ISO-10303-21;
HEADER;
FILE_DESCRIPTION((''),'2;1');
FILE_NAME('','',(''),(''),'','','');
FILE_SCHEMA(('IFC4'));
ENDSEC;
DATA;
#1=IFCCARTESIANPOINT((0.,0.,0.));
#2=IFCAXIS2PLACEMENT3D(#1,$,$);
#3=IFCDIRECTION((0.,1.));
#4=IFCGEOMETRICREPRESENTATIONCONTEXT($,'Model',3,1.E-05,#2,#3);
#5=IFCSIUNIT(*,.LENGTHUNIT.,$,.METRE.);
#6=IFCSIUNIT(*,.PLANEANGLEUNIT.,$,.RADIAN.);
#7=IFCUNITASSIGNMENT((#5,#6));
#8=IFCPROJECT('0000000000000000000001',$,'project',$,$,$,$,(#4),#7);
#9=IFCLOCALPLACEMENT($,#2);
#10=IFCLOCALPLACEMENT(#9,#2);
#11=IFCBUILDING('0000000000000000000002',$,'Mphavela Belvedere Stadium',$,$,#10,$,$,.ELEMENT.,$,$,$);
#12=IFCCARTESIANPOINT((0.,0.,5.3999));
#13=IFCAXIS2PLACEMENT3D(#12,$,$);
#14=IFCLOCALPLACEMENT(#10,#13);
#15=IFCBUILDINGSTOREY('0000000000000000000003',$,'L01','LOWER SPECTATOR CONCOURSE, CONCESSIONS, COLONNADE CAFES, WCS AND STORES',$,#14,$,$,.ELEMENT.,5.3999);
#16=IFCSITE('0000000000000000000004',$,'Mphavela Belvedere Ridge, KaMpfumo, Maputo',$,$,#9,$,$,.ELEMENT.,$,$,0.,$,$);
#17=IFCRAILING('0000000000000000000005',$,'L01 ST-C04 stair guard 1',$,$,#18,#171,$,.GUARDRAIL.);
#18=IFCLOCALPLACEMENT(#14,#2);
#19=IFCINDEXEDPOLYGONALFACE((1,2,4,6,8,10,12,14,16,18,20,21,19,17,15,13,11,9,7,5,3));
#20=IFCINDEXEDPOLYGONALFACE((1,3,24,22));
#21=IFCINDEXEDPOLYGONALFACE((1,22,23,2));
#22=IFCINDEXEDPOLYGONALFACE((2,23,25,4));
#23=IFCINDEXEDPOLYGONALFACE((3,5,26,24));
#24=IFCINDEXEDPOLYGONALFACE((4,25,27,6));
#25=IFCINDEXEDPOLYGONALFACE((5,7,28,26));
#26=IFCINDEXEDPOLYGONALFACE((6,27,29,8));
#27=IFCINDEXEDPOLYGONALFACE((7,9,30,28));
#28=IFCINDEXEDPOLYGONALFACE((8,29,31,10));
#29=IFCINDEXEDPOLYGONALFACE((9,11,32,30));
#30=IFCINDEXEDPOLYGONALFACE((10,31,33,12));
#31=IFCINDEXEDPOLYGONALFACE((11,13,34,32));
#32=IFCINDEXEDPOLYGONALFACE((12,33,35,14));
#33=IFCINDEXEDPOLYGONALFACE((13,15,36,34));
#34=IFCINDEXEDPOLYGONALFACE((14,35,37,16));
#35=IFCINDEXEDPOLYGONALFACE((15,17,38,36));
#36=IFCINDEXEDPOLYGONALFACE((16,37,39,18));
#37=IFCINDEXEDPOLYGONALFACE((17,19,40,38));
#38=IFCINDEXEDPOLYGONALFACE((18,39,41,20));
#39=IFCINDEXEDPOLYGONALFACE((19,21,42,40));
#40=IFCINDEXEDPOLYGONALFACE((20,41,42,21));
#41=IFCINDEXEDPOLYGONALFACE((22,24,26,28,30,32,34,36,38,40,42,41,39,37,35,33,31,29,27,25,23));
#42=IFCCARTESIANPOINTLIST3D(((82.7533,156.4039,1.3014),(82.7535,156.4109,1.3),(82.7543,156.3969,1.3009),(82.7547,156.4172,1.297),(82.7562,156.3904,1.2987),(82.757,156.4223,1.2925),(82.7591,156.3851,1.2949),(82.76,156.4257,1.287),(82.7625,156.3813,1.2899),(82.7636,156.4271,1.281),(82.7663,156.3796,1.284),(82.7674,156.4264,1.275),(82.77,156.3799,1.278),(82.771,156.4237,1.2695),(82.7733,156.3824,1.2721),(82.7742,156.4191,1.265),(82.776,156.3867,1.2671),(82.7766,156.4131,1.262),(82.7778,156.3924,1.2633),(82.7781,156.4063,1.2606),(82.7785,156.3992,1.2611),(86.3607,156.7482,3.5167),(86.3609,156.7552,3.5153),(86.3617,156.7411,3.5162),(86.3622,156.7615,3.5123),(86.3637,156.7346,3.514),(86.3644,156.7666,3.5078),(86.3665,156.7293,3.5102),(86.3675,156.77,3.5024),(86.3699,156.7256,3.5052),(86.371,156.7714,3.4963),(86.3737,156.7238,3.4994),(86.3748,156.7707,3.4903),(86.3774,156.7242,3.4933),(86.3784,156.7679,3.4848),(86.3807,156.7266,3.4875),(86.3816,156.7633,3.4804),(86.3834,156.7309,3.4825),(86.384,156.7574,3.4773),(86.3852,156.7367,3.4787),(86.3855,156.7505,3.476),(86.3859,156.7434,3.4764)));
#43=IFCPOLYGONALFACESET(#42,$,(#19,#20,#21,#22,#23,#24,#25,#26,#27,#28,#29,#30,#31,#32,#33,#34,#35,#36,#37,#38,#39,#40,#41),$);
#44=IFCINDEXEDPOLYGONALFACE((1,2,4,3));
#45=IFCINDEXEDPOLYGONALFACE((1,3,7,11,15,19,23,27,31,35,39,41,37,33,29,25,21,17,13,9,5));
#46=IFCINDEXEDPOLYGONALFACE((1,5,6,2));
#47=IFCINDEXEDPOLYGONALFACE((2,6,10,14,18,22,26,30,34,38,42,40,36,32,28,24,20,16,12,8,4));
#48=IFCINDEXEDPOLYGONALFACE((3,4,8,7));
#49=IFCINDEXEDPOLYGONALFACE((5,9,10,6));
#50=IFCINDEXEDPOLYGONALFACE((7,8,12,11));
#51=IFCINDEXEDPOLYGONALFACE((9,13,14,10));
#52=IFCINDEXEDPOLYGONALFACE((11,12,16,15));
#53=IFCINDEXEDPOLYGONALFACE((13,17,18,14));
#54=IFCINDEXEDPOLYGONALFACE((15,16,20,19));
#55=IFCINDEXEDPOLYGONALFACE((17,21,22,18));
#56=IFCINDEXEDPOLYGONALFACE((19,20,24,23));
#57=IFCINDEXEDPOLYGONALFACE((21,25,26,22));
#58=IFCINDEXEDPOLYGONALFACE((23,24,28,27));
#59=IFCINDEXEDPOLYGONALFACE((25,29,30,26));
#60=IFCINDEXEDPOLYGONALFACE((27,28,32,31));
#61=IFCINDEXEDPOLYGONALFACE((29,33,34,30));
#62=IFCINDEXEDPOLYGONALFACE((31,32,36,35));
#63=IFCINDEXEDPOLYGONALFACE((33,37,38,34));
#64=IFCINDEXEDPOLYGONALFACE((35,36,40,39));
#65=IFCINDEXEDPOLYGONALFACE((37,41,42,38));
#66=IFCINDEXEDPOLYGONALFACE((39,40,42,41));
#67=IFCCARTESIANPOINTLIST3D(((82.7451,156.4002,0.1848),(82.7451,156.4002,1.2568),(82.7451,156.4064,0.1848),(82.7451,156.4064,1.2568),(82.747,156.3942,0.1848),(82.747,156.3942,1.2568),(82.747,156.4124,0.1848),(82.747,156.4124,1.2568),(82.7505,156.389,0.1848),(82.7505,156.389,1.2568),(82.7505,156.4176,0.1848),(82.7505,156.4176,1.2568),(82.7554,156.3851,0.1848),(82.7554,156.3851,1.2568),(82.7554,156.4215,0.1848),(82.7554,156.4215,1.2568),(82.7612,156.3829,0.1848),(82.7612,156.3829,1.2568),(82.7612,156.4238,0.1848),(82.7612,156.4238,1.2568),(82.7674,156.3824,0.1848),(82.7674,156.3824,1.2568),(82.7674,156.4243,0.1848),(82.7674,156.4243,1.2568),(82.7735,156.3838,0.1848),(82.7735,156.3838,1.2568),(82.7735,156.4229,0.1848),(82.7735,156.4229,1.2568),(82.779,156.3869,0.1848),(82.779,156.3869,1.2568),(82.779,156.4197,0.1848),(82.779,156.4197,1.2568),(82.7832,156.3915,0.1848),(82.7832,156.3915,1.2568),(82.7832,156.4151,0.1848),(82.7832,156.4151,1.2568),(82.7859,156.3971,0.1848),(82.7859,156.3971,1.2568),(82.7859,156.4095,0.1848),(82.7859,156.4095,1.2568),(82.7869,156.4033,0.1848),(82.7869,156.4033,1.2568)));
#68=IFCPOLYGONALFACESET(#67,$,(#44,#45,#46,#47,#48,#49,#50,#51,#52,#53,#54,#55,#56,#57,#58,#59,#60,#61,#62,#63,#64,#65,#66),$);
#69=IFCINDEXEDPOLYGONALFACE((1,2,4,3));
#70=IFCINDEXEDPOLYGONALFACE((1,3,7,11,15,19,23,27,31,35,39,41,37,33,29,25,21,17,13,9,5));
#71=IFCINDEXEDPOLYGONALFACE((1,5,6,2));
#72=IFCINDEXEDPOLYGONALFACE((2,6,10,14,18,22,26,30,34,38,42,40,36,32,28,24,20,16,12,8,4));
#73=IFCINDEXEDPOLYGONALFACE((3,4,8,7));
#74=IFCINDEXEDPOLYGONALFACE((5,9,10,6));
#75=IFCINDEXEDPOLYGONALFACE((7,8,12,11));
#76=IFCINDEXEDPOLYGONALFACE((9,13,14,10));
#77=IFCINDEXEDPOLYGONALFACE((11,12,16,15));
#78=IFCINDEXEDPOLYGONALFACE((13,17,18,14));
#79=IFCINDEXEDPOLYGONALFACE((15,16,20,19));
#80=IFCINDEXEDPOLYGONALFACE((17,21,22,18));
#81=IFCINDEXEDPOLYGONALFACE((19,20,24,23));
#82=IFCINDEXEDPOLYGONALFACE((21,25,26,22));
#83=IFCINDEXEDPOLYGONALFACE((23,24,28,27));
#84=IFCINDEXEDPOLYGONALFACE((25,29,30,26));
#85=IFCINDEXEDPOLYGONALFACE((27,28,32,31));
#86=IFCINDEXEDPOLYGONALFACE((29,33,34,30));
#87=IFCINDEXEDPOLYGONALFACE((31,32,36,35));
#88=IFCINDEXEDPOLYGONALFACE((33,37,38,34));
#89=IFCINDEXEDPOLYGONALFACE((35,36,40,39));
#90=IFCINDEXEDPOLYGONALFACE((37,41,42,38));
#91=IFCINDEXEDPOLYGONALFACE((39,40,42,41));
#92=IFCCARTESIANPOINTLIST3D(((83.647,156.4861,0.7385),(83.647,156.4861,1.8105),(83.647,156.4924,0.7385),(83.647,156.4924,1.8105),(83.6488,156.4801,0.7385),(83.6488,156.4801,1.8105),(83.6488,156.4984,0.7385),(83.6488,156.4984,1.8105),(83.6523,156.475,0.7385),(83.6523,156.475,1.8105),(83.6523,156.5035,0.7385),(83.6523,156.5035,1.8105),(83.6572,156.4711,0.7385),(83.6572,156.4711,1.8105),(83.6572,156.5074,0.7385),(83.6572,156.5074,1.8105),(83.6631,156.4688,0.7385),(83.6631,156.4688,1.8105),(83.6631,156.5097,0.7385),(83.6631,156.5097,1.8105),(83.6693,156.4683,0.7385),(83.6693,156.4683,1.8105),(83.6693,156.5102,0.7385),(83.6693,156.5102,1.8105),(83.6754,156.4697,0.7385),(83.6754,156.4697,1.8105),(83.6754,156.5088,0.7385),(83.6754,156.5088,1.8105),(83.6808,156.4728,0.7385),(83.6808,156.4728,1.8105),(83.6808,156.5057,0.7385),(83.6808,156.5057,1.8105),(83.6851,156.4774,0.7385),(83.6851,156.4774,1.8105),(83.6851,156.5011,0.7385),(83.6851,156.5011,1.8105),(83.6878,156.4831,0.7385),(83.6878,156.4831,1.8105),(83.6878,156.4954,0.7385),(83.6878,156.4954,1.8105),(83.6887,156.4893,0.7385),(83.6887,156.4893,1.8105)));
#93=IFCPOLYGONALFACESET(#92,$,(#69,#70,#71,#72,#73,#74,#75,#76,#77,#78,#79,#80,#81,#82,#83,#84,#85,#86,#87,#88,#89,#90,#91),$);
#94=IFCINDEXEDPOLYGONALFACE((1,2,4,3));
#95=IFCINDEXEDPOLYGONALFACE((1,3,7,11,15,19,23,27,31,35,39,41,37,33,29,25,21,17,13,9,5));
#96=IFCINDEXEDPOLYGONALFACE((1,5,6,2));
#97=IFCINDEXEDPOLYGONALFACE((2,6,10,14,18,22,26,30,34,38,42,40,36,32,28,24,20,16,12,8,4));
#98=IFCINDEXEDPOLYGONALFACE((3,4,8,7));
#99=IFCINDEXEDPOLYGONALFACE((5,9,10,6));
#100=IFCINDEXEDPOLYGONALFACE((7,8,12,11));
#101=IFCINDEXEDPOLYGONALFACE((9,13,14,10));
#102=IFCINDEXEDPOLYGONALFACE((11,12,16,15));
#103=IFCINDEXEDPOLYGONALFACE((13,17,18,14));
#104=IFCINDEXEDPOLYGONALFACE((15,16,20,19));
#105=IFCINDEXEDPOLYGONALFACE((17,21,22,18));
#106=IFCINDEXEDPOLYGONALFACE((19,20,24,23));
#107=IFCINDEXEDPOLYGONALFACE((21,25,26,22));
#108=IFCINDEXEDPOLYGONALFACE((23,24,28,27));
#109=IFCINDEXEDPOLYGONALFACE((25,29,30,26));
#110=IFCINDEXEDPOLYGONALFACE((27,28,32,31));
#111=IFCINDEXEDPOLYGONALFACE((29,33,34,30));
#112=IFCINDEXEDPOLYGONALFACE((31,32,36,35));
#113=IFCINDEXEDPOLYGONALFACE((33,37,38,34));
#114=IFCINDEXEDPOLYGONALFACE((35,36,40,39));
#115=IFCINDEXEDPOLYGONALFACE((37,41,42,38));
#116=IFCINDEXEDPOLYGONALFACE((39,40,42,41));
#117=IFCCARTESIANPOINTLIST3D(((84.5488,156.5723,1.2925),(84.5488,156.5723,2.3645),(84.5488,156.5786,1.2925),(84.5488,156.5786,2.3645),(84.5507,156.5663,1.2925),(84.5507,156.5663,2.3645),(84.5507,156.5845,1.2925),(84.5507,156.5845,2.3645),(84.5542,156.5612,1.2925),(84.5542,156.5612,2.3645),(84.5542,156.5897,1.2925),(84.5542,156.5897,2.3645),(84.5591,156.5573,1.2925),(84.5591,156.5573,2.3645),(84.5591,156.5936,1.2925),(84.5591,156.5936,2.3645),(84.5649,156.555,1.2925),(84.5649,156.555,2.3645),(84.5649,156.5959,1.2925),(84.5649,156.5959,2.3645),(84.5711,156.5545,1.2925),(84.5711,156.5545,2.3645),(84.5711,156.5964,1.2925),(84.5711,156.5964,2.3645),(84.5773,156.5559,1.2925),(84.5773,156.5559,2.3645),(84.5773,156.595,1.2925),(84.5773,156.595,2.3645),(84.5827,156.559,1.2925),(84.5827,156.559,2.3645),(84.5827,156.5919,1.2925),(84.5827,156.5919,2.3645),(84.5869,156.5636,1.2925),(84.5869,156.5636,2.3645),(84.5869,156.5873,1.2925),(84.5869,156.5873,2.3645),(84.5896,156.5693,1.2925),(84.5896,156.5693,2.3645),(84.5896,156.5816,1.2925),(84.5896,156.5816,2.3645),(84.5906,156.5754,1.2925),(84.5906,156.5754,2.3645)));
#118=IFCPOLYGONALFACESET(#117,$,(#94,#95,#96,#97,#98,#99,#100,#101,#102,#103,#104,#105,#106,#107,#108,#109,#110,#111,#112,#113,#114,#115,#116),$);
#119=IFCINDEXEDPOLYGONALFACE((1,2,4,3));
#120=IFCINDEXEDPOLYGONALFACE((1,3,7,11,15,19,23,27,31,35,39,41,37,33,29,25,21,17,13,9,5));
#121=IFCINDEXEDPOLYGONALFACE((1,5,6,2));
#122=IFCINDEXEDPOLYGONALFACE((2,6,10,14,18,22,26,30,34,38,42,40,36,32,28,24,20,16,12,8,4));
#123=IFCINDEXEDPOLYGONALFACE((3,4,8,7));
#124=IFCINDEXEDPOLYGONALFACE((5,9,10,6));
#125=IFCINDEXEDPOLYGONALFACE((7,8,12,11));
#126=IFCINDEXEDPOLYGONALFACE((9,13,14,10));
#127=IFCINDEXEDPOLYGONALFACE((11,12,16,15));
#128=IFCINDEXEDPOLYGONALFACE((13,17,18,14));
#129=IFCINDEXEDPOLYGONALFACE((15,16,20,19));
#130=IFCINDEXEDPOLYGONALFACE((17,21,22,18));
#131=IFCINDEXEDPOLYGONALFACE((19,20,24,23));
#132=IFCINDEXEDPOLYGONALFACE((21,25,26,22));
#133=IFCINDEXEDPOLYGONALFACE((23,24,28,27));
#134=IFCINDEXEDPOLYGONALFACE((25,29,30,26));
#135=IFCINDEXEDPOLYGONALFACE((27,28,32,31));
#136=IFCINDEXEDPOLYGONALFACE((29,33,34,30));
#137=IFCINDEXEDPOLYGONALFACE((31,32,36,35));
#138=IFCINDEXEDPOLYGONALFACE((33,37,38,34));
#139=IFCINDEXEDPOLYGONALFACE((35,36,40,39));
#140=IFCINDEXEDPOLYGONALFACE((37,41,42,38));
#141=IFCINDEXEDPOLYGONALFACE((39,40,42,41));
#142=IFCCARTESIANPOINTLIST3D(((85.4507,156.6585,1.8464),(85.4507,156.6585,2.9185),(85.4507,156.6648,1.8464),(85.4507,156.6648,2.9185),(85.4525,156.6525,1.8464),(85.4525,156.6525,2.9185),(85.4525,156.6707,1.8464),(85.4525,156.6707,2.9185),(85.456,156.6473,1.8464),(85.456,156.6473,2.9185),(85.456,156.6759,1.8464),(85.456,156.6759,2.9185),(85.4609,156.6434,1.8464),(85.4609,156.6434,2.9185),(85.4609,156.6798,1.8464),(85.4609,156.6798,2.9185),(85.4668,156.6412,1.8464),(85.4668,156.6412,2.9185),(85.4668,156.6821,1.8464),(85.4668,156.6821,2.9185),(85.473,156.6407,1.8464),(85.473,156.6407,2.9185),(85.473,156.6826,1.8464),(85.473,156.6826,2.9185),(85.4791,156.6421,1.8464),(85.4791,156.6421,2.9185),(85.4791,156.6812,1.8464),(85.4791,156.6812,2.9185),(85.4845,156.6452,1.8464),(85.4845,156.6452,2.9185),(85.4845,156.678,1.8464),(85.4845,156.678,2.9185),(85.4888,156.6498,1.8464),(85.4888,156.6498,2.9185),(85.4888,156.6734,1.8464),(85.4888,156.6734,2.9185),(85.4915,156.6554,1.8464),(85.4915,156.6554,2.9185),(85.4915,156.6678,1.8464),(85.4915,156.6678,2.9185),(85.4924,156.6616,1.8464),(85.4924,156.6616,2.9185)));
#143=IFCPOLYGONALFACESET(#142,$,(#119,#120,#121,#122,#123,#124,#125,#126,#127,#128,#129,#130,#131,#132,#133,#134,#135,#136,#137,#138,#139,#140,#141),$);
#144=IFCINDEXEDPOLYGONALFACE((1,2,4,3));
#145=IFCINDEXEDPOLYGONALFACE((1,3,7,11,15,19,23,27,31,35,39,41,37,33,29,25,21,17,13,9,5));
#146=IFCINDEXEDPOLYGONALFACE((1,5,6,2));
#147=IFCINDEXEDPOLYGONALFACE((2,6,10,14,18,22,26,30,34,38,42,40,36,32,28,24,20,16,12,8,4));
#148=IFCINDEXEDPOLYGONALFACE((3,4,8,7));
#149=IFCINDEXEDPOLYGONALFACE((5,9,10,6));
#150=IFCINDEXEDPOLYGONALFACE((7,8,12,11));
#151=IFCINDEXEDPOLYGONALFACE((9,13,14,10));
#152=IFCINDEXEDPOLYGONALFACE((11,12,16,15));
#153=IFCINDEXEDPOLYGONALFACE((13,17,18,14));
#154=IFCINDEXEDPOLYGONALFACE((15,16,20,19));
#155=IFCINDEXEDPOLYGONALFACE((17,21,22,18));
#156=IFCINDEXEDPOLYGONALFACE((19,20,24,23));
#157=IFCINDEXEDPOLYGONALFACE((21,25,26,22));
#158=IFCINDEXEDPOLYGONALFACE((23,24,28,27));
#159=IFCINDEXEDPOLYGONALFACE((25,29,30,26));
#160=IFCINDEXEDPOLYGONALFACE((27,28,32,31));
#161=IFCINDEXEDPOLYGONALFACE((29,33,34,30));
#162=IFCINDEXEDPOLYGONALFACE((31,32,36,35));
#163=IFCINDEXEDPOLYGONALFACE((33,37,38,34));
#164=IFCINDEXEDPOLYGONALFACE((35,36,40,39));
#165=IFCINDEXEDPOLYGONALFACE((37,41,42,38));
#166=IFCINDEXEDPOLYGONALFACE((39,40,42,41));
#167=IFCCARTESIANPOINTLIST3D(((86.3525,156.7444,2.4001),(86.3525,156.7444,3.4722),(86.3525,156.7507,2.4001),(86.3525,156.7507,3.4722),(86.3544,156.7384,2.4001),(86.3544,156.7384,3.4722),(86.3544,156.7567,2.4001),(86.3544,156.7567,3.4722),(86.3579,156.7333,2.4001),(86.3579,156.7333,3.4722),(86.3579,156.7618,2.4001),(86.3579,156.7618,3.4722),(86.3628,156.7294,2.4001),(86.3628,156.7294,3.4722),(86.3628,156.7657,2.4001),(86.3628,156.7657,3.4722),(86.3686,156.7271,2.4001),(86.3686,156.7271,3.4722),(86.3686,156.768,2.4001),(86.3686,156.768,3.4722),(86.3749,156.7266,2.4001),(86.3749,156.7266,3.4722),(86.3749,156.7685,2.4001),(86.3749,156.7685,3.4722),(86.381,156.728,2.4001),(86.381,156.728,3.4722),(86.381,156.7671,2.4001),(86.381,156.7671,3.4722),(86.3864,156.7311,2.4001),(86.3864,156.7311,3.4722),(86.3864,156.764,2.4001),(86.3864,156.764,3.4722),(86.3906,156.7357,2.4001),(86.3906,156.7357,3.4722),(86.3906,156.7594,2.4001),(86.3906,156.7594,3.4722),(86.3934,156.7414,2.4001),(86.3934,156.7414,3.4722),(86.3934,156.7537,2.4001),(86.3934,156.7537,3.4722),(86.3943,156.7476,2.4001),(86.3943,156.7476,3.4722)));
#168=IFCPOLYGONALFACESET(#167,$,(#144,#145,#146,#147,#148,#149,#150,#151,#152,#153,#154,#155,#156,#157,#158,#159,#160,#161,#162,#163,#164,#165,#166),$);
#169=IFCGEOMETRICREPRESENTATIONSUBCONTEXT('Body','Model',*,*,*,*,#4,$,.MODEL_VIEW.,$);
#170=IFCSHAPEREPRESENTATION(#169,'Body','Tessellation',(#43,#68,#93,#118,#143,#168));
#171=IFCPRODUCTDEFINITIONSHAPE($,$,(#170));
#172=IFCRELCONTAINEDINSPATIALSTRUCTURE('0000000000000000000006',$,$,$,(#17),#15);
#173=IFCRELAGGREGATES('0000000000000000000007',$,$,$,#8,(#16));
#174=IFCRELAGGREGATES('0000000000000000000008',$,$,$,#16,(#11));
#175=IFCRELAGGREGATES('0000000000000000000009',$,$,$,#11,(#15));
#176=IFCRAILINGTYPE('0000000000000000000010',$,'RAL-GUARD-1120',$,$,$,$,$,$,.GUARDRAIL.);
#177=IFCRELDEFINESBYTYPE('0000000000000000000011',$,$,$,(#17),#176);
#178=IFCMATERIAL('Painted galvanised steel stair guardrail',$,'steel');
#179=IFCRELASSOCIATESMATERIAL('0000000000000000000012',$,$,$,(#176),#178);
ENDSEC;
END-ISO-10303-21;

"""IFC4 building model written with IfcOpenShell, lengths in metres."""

from ifc_helpers import new_model, si_unit, direction, frame, origin, origin_2d, place, context, subcontext, project, spatial, circle, extrude, material, type_object, element, save


model = new_model("IFC4")

# Units and contexts
model_context = context("Model", 3, precision=1e-05, world=origin(), true_north=direction((0.0, 1.0)))
body_context = subcontext(model_context, "Body", "Model", "MODEL_VIEW")
ifc_project = project(units=[si_unit("LENGTHUNIT", "METRE"), si_unit("PLANEANGLEUNIT", "RADIAN")], contexts=[model_context])

# Site, building, storey
site_placement = place(None, origin())
site = spatial("IfcSite", under=ifc_project, at=site_placement, Name="Mphavela Belvedere Ridge, KaMpfumo, Maputo", CompositionType="ELEMENT", RefElevation=0.0)
building_placement = place(site_placement, origin())
building = spatial("IfcBuilding", under=site, at=building_placement, Name="Mphavela Belvedere Stadium", CompositionType="ELEMENT")
storey_placement = place(building_placement, frame((0.0, 0.0, 5.3999)))
storey = spatial("IfcBuildingStorey", under=building, at=storey_placement, Name="L01", Description="LOWER SPECTATOR CONCOURSE, CONCESSIONS, COLONNADE CAFES, WCS AND STORES", CompositionType="ELEMENT", Elevation=5.3999)

# Railing
ifc_material_1 = material(Name="Painted galvanised steel stair guardrail", Category="steel")
railing_type_1 = type_object("IfcRailingType", Name="RAL-GUARD-1120", PredefinedType="GUARDRAIL", material=ifc_material_1)
railing_1_placement = place(storey_placement, frame((82.7659, 156.4033, 0.1848)))
element("IfcRailing", 1, at=railing_1_placement, inside=storey, type_object=railing_type_1, Name="L01 ST-C04 stair guard 1", PredefinedType="GUARDRAIL", context=body_context, shape_type="SweptSolid", body=[
    extrude(circle(Radius=0.0239, at=origin_2d()), frame((0.0, 0.0, 1.0962), z_axis=(0.849342, 0.081048, 0.521584), x_axis=(-0.094993, 0.995478, 0.0)), (0.0, 0.0, 1.0), 4.2473),
    extrude(circle(Radius=0.021, at=origin_2d()), origin(), (0.0, 0.0, 1.0), 1.072),
    extrude(circle(Radius=0.021, at=origin_2d()), frame((0.9019, 0.0859, 0.5537)), (0.0, 0.0, 1.0), 1.072),
    extrude(circle(Radius=0.021, at=origin_2d()), frame((1.8037, 0.1721, 1.1077)), (0.0, 0.0, 1.0), 1.072),
    extrude(circle(Radius=0.021, at=origin_2d()), frame((2.7056, 0.2583, 1.6616)), (0.0, 0.0, 1.0), 1.072),
    extrude(circle(Radius=0.021, at=origin_2d()), frame((3.6074, 0.3442, 2.2153)), (0.0, 0.0, 1.0), 1.072),
])

save(model, "model.ifc")
